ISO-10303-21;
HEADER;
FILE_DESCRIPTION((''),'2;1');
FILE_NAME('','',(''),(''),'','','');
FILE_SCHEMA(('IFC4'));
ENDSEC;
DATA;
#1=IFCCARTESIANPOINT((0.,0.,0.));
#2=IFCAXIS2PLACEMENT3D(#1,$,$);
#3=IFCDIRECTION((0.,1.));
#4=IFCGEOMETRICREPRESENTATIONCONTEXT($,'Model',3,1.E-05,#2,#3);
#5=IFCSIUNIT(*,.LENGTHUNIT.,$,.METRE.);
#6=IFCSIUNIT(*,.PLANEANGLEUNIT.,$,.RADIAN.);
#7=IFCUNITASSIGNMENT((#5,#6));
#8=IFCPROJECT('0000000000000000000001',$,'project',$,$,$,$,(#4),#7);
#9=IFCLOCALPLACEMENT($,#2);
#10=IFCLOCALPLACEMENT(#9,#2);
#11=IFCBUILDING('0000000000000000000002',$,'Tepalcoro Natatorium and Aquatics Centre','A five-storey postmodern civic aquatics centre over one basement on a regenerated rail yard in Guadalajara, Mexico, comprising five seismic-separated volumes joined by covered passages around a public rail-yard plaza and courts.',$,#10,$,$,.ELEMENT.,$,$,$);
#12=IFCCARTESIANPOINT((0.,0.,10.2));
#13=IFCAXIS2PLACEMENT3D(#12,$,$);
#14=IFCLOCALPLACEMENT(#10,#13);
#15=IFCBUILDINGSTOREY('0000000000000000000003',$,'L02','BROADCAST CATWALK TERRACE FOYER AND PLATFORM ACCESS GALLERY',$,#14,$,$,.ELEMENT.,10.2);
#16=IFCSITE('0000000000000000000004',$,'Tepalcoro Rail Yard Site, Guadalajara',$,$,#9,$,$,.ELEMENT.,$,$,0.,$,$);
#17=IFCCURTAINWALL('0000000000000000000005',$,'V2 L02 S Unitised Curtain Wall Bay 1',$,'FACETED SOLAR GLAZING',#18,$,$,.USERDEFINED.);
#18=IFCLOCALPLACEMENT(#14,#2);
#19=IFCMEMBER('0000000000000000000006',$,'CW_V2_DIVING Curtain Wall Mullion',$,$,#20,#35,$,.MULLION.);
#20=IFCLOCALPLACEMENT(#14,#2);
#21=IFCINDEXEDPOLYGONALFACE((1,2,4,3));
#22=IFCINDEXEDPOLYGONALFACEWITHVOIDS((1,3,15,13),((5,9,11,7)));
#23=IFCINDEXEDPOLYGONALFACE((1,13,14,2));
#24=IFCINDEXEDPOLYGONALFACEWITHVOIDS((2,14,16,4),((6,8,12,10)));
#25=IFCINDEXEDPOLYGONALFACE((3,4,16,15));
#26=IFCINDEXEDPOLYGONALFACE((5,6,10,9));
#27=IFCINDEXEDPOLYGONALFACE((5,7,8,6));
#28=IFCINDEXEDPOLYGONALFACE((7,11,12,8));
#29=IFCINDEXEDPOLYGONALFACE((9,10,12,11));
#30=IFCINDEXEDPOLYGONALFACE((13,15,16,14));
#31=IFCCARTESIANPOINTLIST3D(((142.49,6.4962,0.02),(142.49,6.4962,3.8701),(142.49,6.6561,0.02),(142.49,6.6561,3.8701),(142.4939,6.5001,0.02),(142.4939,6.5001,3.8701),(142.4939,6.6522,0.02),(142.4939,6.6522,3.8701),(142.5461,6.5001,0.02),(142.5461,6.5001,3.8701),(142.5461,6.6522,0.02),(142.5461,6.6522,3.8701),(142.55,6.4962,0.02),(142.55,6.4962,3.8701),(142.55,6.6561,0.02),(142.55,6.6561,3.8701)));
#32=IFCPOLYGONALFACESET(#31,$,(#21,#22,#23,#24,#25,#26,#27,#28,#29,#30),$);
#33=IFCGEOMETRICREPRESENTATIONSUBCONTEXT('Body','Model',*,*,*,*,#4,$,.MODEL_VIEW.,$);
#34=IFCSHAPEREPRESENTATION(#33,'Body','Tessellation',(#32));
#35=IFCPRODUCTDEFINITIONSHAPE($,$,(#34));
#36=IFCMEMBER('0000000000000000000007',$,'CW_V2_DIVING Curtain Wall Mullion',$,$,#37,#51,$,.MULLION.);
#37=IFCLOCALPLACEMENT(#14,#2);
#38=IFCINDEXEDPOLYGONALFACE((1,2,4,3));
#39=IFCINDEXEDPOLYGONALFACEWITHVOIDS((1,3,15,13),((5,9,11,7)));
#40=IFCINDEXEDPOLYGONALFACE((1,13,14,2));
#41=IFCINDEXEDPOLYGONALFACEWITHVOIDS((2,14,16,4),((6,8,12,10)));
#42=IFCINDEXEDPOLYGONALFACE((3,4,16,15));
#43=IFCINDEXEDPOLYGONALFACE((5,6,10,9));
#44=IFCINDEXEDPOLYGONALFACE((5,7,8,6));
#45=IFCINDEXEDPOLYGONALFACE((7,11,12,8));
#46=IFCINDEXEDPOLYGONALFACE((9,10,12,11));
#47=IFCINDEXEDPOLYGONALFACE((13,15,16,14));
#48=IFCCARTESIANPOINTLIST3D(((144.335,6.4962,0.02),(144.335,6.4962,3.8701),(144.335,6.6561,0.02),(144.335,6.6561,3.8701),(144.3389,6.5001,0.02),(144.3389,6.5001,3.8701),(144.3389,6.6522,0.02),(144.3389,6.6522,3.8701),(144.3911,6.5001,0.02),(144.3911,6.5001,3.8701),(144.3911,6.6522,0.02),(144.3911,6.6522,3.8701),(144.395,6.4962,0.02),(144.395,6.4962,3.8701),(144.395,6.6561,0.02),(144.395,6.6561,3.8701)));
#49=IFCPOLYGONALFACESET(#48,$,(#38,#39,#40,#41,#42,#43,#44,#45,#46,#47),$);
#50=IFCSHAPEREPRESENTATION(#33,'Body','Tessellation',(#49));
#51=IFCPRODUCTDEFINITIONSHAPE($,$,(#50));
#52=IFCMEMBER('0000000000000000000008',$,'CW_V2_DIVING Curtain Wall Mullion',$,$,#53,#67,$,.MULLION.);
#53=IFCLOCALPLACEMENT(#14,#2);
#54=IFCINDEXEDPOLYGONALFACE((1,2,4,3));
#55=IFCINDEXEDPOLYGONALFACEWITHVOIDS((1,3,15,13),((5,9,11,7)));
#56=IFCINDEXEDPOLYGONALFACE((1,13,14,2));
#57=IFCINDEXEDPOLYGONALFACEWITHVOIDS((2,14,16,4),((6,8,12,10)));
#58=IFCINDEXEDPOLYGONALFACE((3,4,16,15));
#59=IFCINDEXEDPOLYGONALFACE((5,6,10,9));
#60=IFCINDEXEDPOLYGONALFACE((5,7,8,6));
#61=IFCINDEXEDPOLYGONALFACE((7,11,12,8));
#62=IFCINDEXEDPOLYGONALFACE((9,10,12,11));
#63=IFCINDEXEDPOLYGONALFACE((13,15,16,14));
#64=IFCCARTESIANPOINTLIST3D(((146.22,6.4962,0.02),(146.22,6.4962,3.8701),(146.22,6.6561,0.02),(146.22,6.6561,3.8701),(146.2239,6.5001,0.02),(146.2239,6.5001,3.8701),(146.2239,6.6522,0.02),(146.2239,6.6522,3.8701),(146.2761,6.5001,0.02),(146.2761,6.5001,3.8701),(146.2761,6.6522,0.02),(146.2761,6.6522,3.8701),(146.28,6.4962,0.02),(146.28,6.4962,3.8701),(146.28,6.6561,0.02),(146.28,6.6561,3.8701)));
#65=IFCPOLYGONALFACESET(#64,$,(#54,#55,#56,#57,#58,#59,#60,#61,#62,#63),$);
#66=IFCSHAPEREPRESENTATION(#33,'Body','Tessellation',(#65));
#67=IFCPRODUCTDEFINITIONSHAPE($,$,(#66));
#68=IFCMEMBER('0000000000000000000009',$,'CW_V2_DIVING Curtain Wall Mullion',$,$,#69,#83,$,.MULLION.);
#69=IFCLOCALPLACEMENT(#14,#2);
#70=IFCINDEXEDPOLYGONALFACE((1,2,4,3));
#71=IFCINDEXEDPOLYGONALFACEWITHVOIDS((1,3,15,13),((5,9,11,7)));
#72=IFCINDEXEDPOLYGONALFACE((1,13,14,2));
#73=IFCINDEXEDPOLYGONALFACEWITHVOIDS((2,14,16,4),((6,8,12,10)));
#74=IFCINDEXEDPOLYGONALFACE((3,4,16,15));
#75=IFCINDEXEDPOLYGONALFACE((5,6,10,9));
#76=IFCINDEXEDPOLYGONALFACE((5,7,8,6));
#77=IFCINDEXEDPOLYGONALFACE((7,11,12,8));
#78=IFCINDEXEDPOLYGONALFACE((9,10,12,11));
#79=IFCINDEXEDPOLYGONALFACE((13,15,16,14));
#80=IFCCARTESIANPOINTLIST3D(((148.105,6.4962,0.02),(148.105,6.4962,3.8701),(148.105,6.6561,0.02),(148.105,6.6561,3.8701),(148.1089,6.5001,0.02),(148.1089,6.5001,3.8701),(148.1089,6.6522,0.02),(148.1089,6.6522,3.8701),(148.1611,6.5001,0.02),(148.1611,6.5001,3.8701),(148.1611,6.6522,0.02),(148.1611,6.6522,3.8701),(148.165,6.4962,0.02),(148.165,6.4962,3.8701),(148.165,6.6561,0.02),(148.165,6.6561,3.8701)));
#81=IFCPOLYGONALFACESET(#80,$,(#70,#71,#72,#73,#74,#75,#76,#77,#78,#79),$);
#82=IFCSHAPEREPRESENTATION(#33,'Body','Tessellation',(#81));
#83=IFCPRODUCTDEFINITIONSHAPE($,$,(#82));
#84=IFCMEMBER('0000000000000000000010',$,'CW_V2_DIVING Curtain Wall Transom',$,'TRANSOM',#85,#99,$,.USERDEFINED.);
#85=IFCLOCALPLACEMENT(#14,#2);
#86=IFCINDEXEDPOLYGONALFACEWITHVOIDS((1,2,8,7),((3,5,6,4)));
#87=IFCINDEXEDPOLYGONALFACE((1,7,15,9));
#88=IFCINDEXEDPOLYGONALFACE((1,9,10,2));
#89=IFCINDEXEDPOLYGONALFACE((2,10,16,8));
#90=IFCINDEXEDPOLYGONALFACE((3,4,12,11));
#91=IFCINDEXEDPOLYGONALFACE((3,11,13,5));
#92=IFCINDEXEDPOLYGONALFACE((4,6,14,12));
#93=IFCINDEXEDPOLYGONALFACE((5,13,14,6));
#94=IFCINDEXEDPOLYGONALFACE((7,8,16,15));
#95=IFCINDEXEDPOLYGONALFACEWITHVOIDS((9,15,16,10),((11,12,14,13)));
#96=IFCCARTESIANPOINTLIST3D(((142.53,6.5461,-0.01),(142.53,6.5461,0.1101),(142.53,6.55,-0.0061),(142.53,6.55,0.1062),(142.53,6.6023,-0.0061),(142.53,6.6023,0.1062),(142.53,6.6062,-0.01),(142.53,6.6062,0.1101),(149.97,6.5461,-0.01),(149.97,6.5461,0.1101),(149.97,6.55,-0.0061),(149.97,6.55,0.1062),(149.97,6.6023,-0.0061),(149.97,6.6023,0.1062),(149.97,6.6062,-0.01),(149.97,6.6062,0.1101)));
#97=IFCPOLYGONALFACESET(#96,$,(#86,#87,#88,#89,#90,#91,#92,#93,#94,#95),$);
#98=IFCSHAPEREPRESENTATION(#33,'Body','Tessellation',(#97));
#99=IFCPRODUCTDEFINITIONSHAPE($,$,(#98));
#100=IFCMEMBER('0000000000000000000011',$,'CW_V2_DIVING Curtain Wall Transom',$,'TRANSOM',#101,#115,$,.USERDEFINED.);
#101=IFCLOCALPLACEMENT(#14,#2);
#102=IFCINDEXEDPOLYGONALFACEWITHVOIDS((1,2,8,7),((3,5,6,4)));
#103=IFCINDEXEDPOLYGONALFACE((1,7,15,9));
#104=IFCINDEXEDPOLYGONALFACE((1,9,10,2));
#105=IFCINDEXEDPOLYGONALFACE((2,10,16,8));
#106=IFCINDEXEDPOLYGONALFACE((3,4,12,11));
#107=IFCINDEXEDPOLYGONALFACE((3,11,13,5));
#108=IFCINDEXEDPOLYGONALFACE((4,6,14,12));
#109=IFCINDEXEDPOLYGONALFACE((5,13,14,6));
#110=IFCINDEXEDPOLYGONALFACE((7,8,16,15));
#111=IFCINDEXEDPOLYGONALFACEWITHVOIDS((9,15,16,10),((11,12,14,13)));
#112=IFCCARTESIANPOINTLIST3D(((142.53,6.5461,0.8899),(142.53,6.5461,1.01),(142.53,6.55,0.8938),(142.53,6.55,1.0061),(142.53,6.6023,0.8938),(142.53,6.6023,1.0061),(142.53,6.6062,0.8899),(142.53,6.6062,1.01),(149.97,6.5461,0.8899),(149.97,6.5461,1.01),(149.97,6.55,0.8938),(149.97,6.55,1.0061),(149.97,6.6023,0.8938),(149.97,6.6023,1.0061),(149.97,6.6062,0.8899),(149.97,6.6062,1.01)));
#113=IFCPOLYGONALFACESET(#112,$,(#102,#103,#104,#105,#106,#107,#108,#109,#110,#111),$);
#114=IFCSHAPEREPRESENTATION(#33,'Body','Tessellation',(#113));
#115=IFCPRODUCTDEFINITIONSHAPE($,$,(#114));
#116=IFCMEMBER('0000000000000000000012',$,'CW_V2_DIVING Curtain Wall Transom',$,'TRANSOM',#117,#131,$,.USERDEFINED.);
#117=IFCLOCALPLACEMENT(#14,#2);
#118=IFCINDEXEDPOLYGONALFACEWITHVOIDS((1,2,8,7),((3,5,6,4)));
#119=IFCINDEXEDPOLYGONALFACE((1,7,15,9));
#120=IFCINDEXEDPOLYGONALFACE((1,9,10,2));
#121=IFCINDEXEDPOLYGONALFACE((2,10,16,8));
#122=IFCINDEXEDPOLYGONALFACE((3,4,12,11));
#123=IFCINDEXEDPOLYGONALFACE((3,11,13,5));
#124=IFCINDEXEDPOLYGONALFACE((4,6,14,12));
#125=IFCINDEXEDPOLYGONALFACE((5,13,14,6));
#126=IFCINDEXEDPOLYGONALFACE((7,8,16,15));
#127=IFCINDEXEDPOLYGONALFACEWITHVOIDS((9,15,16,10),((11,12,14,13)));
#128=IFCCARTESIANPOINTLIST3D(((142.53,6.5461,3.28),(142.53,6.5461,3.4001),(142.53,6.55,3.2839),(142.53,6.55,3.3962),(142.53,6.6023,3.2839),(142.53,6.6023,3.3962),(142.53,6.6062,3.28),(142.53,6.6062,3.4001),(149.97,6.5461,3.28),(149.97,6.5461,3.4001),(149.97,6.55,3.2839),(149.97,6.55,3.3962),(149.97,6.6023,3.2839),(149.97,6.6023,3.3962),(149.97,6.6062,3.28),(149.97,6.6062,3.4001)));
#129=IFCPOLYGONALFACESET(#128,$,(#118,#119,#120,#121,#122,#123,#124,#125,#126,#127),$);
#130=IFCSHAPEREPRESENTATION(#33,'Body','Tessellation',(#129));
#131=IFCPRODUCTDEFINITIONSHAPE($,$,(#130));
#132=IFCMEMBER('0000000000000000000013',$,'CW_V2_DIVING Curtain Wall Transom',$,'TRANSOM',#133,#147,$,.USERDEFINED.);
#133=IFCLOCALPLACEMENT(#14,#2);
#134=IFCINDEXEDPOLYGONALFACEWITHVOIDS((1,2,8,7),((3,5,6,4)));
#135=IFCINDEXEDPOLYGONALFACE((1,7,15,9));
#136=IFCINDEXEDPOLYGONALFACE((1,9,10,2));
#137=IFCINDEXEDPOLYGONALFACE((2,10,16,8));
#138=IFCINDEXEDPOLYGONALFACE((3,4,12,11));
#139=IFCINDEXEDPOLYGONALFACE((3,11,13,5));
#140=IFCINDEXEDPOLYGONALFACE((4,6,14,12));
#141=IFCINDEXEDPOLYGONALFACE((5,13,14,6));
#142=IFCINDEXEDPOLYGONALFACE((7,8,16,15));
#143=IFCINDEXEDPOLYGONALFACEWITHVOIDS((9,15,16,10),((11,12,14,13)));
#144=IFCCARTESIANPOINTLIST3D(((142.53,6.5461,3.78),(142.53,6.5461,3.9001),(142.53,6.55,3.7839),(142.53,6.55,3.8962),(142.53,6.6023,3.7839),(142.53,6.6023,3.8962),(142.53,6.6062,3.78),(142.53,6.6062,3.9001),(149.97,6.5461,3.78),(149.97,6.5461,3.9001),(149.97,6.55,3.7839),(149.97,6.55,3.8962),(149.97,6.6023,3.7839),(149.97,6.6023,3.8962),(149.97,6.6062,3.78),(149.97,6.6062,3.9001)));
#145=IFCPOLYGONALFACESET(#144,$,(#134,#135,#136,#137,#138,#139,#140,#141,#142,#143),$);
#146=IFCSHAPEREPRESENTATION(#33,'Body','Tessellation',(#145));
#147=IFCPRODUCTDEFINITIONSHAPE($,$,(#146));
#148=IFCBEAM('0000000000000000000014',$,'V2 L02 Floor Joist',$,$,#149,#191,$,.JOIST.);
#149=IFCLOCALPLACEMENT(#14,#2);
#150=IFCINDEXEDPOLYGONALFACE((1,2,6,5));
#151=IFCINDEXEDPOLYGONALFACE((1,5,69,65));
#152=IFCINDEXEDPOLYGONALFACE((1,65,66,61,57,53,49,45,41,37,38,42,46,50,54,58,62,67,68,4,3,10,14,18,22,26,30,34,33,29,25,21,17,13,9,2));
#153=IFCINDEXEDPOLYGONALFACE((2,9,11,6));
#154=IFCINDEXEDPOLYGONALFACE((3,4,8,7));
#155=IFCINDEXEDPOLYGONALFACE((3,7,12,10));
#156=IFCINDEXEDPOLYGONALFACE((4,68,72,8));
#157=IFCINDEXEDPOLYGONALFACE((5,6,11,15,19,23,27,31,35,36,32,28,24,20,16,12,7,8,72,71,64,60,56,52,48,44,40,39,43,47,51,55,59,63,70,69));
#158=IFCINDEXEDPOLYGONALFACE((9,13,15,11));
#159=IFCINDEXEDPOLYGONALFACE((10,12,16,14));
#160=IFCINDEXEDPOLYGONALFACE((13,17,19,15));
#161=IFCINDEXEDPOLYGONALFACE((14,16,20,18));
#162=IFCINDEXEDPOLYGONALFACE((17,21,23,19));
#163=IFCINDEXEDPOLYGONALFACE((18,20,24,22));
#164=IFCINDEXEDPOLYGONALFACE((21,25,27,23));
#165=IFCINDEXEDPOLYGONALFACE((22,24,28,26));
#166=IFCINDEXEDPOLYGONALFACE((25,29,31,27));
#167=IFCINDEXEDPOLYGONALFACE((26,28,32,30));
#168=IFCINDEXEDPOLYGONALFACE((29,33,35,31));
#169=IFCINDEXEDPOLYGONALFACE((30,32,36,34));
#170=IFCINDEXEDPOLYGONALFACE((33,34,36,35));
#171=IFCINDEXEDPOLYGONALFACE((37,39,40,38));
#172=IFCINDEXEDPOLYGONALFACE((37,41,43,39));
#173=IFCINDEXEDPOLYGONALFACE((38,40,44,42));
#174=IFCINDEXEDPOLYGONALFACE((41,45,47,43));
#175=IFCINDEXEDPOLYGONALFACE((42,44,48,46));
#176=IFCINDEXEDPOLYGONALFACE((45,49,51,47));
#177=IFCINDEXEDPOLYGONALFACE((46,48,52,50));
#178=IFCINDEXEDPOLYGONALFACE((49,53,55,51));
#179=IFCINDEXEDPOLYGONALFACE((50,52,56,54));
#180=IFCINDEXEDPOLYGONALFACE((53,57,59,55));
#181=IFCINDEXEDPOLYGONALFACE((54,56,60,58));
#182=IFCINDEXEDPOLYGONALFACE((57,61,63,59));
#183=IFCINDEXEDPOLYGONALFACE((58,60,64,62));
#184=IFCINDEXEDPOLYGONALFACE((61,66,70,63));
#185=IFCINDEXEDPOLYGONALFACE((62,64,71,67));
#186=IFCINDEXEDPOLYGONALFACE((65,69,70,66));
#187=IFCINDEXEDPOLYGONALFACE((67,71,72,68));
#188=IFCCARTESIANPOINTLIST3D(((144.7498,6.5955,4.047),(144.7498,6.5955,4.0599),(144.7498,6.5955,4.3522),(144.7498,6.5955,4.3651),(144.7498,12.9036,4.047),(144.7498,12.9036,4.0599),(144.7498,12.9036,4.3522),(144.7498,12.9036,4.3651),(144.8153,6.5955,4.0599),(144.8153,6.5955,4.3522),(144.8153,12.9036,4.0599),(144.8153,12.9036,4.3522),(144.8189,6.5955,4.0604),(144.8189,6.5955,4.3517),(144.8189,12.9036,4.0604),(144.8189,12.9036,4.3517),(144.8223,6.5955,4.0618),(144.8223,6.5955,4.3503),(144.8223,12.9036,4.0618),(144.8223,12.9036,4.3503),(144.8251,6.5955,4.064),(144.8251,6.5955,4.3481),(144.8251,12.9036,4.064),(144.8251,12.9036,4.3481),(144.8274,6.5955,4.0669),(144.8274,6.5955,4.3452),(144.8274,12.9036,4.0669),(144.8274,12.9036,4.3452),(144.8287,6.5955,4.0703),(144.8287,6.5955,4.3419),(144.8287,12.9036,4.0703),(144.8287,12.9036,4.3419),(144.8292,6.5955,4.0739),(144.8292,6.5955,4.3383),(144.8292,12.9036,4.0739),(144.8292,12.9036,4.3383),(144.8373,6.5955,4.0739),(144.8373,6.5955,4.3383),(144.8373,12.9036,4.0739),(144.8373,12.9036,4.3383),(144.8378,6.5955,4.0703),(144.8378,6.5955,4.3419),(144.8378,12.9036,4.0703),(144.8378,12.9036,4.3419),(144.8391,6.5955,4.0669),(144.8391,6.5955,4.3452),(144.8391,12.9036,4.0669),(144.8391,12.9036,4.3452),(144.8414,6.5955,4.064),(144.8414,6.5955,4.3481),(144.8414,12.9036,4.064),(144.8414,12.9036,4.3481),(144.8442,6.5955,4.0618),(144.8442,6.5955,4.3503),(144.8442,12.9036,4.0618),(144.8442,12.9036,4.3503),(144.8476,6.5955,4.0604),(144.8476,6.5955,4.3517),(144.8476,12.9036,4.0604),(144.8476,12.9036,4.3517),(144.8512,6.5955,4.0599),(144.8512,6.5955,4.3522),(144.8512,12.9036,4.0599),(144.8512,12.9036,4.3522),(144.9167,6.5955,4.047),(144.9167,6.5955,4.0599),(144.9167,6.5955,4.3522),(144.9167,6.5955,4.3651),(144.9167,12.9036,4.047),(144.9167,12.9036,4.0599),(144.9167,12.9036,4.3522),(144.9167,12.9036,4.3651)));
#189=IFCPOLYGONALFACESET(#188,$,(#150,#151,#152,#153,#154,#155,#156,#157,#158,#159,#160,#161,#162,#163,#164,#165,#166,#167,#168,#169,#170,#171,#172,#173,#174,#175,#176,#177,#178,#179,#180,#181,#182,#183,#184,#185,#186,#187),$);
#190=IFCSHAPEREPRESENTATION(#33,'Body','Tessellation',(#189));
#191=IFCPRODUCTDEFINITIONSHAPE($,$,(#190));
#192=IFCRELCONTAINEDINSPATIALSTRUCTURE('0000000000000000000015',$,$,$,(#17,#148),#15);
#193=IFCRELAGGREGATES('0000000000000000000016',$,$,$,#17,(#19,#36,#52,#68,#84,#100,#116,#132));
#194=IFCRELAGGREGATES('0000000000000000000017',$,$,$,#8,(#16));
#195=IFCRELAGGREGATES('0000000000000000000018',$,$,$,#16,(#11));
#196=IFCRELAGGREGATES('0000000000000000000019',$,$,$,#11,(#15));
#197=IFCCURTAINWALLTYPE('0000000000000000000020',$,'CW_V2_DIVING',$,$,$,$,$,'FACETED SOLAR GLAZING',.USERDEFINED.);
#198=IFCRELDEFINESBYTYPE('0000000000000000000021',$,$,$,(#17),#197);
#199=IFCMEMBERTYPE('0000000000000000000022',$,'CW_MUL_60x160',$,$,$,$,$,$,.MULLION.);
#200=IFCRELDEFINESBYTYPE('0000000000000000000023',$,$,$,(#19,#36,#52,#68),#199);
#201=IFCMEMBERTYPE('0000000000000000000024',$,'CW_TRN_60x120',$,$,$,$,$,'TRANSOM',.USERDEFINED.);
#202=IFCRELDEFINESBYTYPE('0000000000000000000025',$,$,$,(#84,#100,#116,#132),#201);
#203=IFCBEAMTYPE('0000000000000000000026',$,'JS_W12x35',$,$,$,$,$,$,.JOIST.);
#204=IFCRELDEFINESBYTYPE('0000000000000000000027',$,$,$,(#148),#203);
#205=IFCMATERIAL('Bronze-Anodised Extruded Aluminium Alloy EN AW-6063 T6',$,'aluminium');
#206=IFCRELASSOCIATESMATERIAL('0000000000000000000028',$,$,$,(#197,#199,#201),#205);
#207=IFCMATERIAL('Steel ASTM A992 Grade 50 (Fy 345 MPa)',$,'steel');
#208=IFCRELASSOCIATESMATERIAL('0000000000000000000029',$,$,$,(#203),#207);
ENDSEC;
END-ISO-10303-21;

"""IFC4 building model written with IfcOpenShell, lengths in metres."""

from ifc_helpers import new_model, si_unit, direction, frame, origin, origin_2d, place, context, subcontext, project, spatial, hollow_rectangle, i_section, extrude, material, material_profile, profile_set, type_object, element, aggregate, save


model = new_model("IFC4")

# Units and contexts
model_context = context("Model", 3, precision=1e-05, world=origin(), true_north=direction((0.0, 1.0)))
body_context = subcontext(model_context, "Body", "Model", "MODEL_VIEW")
ifc_project = project(units=[si_unit("LENGTHUNIT", "METRE"), si_unit("PLANEANGLEUNIT", "RADIAN")], contexts=[model_context])

# Site, building, storey
site_placement = place(None, origin())
site = spatial("IfcSite", under=ifc_project, at=site_placement, Name="Tepalcoro Rail Yard Site, Guadalajara", CompositionType="ELEMENT", RefElevation=0.0)
building_placement = place(site_placement, origin())
building = spatial("IfcBuilding", under=site, at=building_placement, Name="Tepalcoro Natatorium and Aquatics Centre", Description="A five-storey postmodern civic aquatics centre over one basement on a regenerated rail yard in Guadalajara, Mexico, comprising five seismic-separated volumes joined by covered passages around a public rail-yard plaza and courts.", CompositionType="ELEMENT")
storey_placement = place(building_placement, frame((0.0, 0.0, 10.2)))
storey = spatial("IfcBuildingStorey", under=building, at=storey_placement, Name="L02", Description="BROADCAST CATWALK TERRACE FOYER AND PLATFORM ACCESS GALLERY", CompositionType="ELEMENT", Elevation=10.2)

# Curtain wall, members
ifc_material_1 = material(Name="Bronze-Anodised Extruded Aluminium Alloy EN AW-6063 T6", Category="aluminium")
curtain_wall_type = type_object("IfcCurtainWallType", Name="CW_V2_DIVING", ElementType="FACETED SOLAR GLAZING", PredefinedType="USERDEFINED", material=ifc_material_1)
curtain_wall_placement = place(storey_placement, origin())
curtain_wall = element("IfcCurtainWall", 1, at=curtain_wall_placement, inside=storey, type_object=curtain_wall_type, Name="V2 L02 S Unitised Curtain Wall Bay 1", ObjectType="FACETED SOLAR GLAZING", PredefinedType="USERDEFINED")
ifc_material_profile_1 = material_profile(ifc_material_1, hollow_rectangle(XDim=0.0601, YDim=0.1599, WallThickness=0.0039, at=origin_2d()), Name="AL60X160X4")
ifc_profile_set_1 = profile_set([ifc_material_profile_1], Name="Bronze-Anodised Extruded Aluminium Alloy EN AW-6063 T6")
member_type_1 = type_object("IfcMemberType", Name="CW_MUL_60x160", PredefinedType="MULLION", material=ifc_profile_set_1)
member_1_placement = place(storey_placement, frame((142.52, 6.5762, 0.02), z_axis=(0.0, 0.0, 1.0), x_axis=(1.0, 0.0, 0.0)))
member_1 = element("IfcMember", 2, at=member_1_placement, type_object=member_type_1, Name="CW_V2_DIVING Curtain Wall Mullion", PredefinedType="MULLION", context=body_context, shape_type="SweptSolid", body=[
    extrude(hollow_rectangle(XDim=0.0601, YDim=0.1599, WallThickness=0.0039, at=origin_2d()), origin(), (0.0, 0.0, 1.0), 3.8501),
])
member_2_placement = place(storey_placement, frame((144.365, 6.5762, 0.02), z_axis=(0.0, 0.0, 1.0), x_axis=(1.0, 0.0, 0.0)))
member_2 = element("IfcMember", 3, at=member_2_placement, type_object=member_type_1, Name="CW_V2_DIVING Curtain Wall Mullion", PredefinedType="MULLION", context=body_context, shape_type="SweptSolid", body=[
    extrude(hollow_rectangle(XDim=0.0601, YDim=0.1599, WallThickness=0.0039, at=origin_2d()), origin(), (0.0, 0.0, 1.0), 3.8501),
])
member_3_placement = place(storey_placement, frame((146.25, 6.5762, 0.02), z_axis=(0.0, 0.0, 1.0), x_axis=(1.0, 0.0, 0.0)))
member_3 = element("IfcMember", 4, at=member_3_placement, type_object=member_type_1, Name="CW_V2_DIVING Curtain Wall Mullion", PredefinedType="MULLION", context=body_context, shape_type="SweptSolid", body=[
    extrude(hollow_rectangle(XDim=0.0601, YDim=0.1599, WallThickness=0.0039, at=origin_2d()), origin(), (0.0, 0.0, 1.0), 3.8501),
])
member_4_placement = place(storey_placement, frame((148.135, 6.5762, 0.02), z_axis=(0.0, 0.0, 1.0), x_axis=(1.0, 0.0, 0.0)))
member_4 = element("IfcMember", 5, at=member_4_placement, type_object=member_type_1, Name="CW_V2_DIVING Curtain Wall Mullion", PredefinedType="MULLION", context=body_context, shape_type="SweptSolid", body=[
    extrude(hollow_rectangle(XDim=0.0601, YDim=0.1599, WallThickness=0.0039, at=origin_2d()), origin(), (0.0, 0.0, 1.0), 3.8501),
])
ifc_material_profile_2 = material_profile(ifc_material_1, hollow_rectangle(XDim=0.0601, YDim=0.1201, WallThickness=0.0039, at=origin_2d()), Name="AL60X120X4")
ifc_profile_set_2 = profile_set([ifc_material_profile_2], Name="Bronze-Anodised Extruded Aluminium Alloy EN AW-6063 T6")
member_type_2 = type_object("IfcMemberType", Name="CW_TRN_60x120", ElementType="TRANSOM", PredefinedType="USERDEFINED", material=ifc_profile_set_2)
member_5_placement = place(storey_placement, frame((142.53, 6.5762, 0.05), z_axis=(1.0, 0.0, 0.0), x_axis=(0.0, 1.0, 0.0)))
member_5 = element("IfcMember", 6, at=member_5_placement, type_object=member_type_2, Name="CW_V2_DIVING Curtain Wall Transom", ObjectType="TRANSOM", PredefinedType="USERDEFINED", context=body_context, shape_type="SweptSolid", body=[
    extrude(hollow_rectangle(XDim=0.0601, YDim=0.1201, WallThickness=0.0039, at=origin_2d()), origin(), (0.0, 0.0, 1.0), 7.4399),
])
member_6_placement = place(storey_placement, frame((142.53, 6.5762, 0.95), z_axis=(1.0, 0.0, 0.0), x_axis=(0.0, 1.0, 0.0)))
member_6 = element("IfcMember", 7, at=member_6_placement, type_object=member_type_2, Name="CW_V2_DIVING Curtain Wall Transom", ObjectType="TRANSOM", PredefinedType="USERDEFINED", context=body_context, shape_type="SweptSolid", body=[
    extrude(hollow_rectangle(XDim=0.0601, YDim=0.1201, WallThickness=0.0039, at=origin_2d()), origin(), (0.0, 0.0, 1.0), 7.4399),
])
member_7_placement = place(storey_placement, frame((142.53, 6.5762, 3.3401), z_axis=(1.0, 0.0, 0.0), x_axis=(0.0, 1.0, 0.0)))
member_7 = element("IfcMember", 8, at=member_7_placement, type_object=member_type_2, Name="CW_V2_DIVING Curtain Wall Transom", ObjectType="TRANSOM", PredefinedType="USERDEFINED", context=body_context, shape_type="SweptSolid", body=[
    extrude(hollow_rectangle(XDim=0.0601, YDim=0.1201, WallThickness=0.0039, at=origin_2d()), origin(), (0.0, 0.0, 1.0), 7.4399),
])
member_8_placement = place(storey_placement, frame((142.53, 6.5762, 3.8401), z_axis=(1.0, 0.0, 0.0), x_axis=(0.0, 1.0, 0.0)))
member_8 = element("IfcMember", 9, at=member_8_placement, type_object=member_type_2, Name="CW_V2_DIVING Curtain Wall Transom", ObjectType="TRANSOM", PredefinedType="USERDEFINED", context=body_context, shape_type="SweptSolid", body=[
    extrude(hollow_rectangle(XDim=0.0601, YDim=0.1201, WallThickness=0.0039, at=origin_2d()), origin(), (0.0, 0.0, 1.0), 7.4399),
])

# Beam
ifc_material_2 = material(Name="Steel ASTM A992 Grade 50 (Fy 345 MPa)", Category="steel")
ifc_material_profile_3 = material_profile(ifc_material_2, i_section(OverallWidth=0.167, OverallDepth=0.3181, WebThickness=0.0081, FlangeThickness=0.0129, FilletRadius=0.0139, at=origin_2d()), Name="W12X35")
ifc_profile_set_3 = profile_set([ifc_material_profile_3], Name="Steel ASTM A992 Grade 50 (Fy 345 MPa)")
beam_type_1 = type_object("IfcBeamType", Name="JS_W12x35", PredefinedType="JOIST", material=ifc_profile_set_3)
beam_1_placement = place(storey_placement, frame((144.8333, 6.5955, 4.2061), z_axis=(0.0, 1.0, 0.0), x_axis=(-1.0, 0.0, 0.0)))
element("IfcBeam", 10, at=beam_1_placement, inside=storey, type_object=beam_type_1, Name="V2 L02 Floor Joist", PredefinedType="JOIST", context=body_context, shape_type="SweptSolid", body=[
    extrude(i_section(OverallWidth=0.167, OverallDepth=0.3181, WebThickness=0.0081, FlangeThickness=0.0129, FilletRadius=0.0139, at=origin_2d()), origin(), (0.0, 0.0, 1.0), 6.3081),
])

aggregate(curtain_wall, [member_1, member_2, member_3, member_4, member_5, member_6, member_7, member_8])

save(model, "model.ifc")
